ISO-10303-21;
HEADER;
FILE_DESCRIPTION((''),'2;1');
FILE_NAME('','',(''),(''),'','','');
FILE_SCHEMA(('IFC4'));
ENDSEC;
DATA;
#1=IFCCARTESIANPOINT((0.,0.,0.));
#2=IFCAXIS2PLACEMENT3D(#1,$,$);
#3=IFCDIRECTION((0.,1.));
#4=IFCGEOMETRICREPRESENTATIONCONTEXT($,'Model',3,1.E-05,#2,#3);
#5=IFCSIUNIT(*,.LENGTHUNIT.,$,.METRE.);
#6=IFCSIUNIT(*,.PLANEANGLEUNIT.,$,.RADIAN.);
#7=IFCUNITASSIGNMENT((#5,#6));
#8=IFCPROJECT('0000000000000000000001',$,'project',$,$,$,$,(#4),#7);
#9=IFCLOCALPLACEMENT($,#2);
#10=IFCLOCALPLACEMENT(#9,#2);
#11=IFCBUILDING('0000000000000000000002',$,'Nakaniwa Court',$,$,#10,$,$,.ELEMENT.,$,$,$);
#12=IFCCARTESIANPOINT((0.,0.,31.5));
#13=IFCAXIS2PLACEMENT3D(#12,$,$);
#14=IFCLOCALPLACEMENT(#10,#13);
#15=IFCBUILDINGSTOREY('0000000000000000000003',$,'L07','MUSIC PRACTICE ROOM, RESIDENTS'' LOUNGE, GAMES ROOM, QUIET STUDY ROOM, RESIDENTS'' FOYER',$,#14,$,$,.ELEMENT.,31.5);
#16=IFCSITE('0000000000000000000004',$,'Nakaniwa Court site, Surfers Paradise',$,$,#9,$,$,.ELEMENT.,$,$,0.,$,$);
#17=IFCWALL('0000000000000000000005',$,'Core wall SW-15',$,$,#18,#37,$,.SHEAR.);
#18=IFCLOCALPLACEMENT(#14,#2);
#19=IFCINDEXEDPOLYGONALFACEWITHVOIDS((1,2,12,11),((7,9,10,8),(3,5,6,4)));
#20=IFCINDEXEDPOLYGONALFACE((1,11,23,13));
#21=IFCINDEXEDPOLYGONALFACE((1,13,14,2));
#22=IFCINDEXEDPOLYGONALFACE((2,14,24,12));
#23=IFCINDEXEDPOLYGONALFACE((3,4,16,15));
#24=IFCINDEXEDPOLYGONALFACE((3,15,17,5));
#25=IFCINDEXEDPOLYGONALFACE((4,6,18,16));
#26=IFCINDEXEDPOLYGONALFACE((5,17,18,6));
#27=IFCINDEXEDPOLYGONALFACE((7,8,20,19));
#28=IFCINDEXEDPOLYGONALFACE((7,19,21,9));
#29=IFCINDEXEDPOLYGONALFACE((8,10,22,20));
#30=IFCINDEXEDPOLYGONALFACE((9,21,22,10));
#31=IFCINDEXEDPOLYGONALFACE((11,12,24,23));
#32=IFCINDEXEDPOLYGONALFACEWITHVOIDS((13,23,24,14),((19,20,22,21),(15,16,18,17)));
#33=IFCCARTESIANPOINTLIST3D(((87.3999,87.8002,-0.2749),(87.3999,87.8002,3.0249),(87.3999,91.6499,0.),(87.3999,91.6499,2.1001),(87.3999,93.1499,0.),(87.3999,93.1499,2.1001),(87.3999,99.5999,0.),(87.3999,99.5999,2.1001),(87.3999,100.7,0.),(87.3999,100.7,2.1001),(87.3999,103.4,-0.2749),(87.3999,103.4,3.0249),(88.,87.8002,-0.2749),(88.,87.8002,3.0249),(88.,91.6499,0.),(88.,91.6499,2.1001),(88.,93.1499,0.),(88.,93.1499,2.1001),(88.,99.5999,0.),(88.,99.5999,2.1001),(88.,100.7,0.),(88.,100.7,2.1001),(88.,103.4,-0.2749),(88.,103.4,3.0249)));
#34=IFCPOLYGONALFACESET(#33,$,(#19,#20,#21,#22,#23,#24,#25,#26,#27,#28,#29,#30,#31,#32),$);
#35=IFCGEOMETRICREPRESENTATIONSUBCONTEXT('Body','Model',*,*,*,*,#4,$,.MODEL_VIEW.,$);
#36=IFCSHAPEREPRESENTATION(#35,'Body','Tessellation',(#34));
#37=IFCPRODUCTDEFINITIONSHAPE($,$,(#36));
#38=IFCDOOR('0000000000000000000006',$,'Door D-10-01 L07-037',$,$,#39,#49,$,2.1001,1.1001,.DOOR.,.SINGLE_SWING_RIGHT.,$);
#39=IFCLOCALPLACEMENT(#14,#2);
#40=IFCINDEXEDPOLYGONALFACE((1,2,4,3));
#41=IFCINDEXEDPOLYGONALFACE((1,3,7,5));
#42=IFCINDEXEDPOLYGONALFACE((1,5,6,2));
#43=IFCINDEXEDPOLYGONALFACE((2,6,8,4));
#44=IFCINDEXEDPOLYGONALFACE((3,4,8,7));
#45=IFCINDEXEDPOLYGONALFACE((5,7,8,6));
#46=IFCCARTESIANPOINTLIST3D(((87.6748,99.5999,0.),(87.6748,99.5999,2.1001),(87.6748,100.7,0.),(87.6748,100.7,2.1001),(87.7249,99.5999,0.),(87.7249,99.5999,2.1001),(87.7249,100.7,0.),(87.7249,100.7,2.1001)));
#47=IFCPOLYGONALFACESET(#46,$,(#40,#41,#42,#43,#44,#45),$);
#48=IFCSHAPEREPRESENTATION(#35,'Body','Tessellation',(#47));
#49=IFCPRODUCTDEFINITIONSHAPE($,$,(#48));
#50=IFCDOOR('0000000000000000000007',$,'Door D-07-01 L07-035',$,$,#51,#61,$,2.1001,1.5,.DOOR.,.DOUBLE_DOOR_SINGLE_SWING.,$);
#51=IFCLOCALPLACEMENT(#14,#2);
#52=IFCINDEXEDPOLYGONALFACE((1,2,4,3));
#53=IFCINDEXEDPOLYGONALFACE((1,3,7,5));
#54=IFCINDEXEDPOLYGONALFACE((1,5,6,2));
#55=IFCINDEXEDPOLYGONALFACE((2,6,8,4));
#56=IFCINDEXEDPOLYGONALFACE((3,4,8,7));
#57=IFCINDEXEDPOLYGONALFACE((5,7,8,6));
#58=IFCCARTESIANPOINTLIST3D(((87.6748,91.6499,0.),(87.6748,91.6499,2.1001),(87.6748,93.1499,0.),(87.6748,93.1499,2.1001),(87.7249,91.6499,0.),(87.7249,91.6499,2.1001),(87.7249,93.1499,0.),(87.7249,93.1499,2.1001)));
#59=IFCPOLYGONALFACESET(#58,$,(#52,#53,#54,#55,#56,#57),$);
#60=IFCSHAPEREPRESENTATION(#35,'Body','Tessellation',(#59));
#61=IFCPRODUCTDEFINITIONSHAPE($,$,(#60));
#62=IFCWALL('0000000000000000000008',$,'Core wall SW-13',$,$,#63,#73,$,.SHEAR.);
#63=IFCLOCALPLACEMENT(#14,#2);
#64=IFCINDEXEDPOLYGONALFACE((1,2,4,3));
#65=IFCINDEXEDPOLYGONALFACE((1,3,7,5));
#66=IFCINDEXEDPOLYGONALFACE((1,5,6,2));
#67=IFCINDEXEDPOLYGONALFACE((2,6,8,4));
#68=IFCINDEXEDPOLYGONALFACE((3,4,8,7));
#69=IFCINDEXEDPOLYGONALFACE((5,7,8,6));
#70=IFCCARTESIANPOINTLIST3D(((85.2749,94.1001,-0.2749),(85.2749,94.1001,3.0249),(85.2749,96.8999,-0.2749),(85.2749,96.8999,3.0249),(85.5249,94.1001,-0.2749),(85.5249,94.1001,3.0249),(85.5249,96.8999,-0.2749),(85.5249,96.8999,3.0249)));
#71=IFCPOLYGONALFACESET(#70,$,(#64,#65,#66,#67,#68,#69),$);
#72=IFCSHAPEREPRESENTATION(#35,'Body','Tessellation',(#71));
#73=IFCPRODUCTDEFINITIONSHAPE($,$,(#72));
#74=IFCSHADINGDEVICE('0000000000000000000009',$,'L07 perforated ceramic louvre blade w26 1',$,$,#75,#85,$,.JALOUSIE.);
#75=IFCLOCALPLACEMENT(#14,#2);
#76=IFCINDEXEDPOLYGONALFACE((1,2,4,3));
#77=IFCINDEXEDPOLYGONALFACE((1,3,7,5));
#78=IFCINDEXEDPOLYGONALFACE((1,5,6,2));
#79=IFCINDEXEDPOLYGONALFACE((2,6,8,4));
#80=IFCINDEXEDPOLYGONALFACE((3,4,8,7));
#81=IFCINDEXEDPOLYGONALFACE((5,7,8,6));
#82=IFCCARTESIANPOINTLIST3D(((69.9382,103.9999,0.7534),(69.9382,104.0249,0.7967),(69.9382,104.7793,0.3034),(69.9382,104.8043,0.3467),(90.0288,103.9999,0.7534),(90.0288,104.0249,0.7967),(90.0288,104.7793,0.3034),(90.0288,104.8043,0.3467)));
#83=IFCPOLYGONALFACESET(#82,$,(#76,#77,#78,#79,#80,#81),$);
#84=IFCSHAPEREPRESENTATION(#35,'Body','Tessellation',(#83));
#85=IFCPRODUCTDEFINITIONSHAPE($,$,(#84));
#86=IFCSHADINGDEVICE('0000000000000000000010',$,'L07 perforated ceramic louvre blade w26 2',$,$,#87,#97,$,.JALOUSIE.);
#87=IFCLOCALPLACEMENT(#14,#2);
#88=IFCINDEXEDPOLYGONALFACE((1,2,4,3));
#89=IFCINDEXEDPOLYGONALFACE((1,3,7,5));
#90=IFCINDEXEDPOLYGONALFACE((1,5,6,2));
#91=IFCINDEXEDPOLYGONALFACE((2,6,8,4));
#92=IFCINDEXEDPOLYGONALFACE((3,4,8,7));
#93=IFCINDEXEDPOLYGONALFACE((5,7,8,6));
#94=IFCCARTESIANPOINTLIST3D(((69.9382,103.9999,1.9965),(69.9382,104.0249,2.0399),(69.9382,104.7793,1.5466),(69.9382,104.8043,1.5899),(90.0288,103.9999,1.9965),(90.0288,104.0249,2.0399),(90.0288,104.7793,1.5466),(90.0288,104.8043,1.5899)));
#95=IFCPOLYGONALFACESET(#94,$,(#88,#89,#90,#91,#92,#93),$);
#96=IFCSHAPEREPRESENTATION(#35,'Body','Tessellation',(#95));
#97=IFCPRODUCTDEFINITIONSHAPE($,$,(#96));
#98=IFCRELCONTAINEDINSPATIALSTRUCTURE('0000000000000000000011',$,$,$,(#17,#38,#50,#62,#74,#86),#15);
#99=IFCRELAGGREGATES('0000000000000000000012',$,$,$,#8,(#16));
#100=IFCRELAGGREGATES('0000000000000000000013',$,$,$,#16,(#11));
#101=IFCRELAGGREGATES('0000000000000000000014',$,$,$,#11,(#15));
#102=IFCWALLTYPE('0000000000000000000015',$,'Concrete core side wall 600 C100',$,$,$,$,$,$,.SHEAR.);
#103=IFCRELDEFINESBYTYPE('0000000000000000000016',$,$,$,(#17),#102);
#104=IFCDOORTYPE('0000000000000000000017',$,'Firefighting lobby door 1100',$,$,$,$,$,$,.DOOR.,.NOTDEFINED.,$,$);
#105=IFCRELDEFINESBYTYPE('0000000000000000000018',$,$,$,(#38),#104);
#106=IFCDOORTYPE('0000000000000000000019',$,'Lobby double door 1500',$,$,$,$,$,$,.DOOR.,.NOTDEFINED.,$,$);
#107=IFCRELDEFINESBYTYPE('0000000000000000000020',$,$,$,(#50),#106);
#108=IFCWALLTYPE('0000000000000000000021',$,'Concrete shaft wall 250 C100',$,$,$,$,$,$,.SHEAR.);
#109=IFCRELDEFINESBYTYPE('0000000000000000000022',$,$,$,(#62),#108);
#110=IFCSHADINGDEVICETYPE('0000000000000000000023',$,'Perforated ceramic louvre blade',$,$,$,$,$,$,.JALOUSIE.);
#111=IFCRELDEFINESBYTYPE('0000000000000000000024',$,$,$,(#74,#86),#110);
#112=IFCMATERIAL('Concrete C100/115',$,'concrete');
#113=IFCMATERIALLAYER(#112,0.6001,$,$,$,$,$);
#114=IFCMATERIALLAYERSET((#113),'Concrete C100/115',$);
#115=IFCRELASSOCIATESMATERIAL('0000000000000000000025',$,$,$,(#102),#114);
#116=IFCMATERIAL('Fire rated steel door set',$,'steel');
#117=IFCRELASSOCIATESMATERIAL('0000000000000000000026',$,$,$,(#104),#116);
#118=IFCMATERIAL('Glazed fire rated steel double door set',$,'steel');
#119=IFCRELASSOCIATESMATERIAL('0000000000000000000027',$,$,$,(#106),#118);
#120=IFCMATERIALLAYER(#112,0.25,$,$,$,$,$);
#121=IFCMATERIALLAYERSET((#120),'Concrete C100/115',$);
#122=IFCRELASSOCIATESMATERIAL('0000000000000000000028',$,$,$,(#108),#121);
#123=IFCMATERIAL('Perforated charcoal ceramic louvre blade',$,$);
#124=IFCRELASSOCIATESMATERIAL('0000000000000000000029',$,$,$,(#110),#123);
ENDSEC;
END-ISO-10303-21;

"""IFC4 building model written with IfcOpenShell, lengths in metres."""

from ifc_helpers import new_model, si_unit, direction, frame, frame_2d, origin, origin_2d, place, context, subcontext, project, spatial, rectangle, extrude, material, layer, layer_set, material_profile, profile_set, type_object, element, fill, save


model = new_model("IFC4")

# Units and contexts
model_context = context("Model", 3, precision=1e-05, world=origin(), true_north=direction((0.0, 1.0)))
body_context = subcontext(model_context, "Body", "Model", "MODEL_VIEW")
ifc_project = project(units=[si_unit("LENGTHUNIT", "METRE"), si_unit("PLANEANGLEUNIT", "RADIAN")], contexts=[model_context])

# Site, building, storey
site_placement = place(None, origin())
site = spatial("IfcSite", under=ifc_project, at=site_placement, Name="Nakaniwa Court site, Surfers Paradise", CompositionType="ELEMENT", RefElevation=0.0)
building_placement = place(site_placement, origin())
building = spatial("IfcBuilding", under=site, at=building_placement, Name="Nakaniwa Court", CompositionType="ELEMENT")
storey_placement = place(building_placement, frame((0.0, 0.0, 31.5)))
storey = spatial("IfcBuildingStorey", under=building, at=storey_placement, Name="L07", Description="MUSIC PRACTICE ROOM, RESIDENTS' LOUNGE, GAMES ROOM, QUIET STUDY ROOM, RESIDENTS' FOYER", CompositionType="ELEMENT", Elevation=31.5)

# Shared definitions
ifc_material_1 = material(Name="Concrete C100/115", Category="concrete")

# Shared definitions
ifc_material_2 = material(Name="Fire rated steel door set", Category="steel")

# Wall, openings, doors
ifc_layer_1 = layer(ifc_material_1, 0.6001)
ifc_layer_set_1 = layer_set([ifc_layer_1], Name="Concrete C100/115")
wall_type_1 = type_object("IfcWallType", Name="Concrete core side wall 600 C100", PredefinedType="SHEAR", material=ifc_layer_set_1)
wall_1_placement = place(storey_placement, frame((87.7, 103.3999, -0.2749), z_axis=(0.0, 0.0, 1.0), x_axis=(0.0, -1.0, 0.0)))
wall_1 = element("IfcWall", 1, at=wall_1_placement, inside=storey, type_object=wall_type_1, Name="Core wall SW-15", PredefinedType="SHEAR", context=body_context, shape_type="SweptSolid", body=[
    extrude(rectangle(XDim=15.5999, YDim=0.6001, at=frame_2d((7.7998, 0.0))), origin(), (0.0, 0.0, 1.0), 3.2998),
])
opening_1_placement = place(wall_1_placement, frame((10.25, 0.0, 0.2749)))
opening_1 = element("IfcOpeningElement", 2, at=opening_1_placement, cuts=wall_1, PredefinedType="OPENING", context=body_context, shape_type="SweptSolid", body=[
    extrude(rectangle(XDim=1.5, YDim=2.1001, at=frame_2d((0.75, 1.05))), frame((0.0, 0.3101, 0.0), z_axis=(0.0, -1.0, 0.0), x_axis=(1.0, 0.0, 0.0)), (0.0, 0.0, 1.0), 0.6201),
])
opening_2_placement = place(wall_1_placement, frame((2.7, 0.0, 0.2749)))
opening_2 = element("IfcOpeningElement", 3, at=opening_2_placement, cuts=wall_1, PredefinedType="OPENING", context=body_context, shape_type="SweptSolid", body=[
    extrude(rectangle(XDim=1.1001, YDim=2.1001, at=frame_2d((0.55, 1.05))), frame((0.0, 0.3101, 0.0), z_axis=(0.0, -1.0, 0.0), x_axis=(1.0, 0.0, 0.0)), (0.0, 0.0, 1.0), 0.6201),
])
door_type_1 = type_object("IfcDoorType", Name="Firefighting lobby door 1100", OperationType="NOTDEFINED", PredefinedType="DOOR", material=ifc_material_2)
door_1_placement = place(opening_2_placement, origin())
door_1 = element("IfcDoor", 4, at=door_1_placement, inside=storey, type_object=door_type_1, Name="Door D-10-01 L07-037", OperationType="SINGLE_SWING_RIGHT", OverallHeight=2.1001, OverallWidth=1.1001, PredefinedType="DOOR", context=body_context, shape_type="SweptSolid", body=[
    extrude(rectangle(XDim=1.1001, YDim=2.1001, at=frame_2d((0.55, 1.05))), frame((0.0, 0.0249, 0.0), z_axis=(0.0, -1.0, 0.0), x_axis=(1.0, 0.0, 0.0)), (0.0, 0.0, 1.0), 0.05),
])
fill(opening_2, door_1)
ifc_material_3 = material(Name="Glazed fire rated steel double door set", Category="steel")
door_type_2 = type_object("IfcDoorType", Name="Lobby double door 1500", OperationType="NOTDEFINED", PredefinedType="DOOR", material=ifc_material_3)
door_2_placement = place(opening_1_placement, origin())
door_2 = element("IfcDoor", 5, at=door_2_placement, inside=storey, type_object=door_type_2, Name="Door D-07-01 L07-035", OperationType="DOUBLE_DOOR_SINGLE_SWING", OverallHeight=2.1001, OverallWidth=1.5, PredefinedType="DOOR", context=body_context, shape_type="SweptSolid", body=[
    extrude(rectangle(XDim=1.5, YDim=2.1001, at=frame_2d((0.75, 1.05))), frame((0.0, 0.0249, 0.0), z_axis=(0.0, -1.0, 0.0), x_axis=(1.0, 0.0, 0.0)), (0.0, 0.0, 1.0), 0.05),
])
fill(opening_1, door_2)

# Wall
ifc_layer_2 = layer(ifc_material_1, 0.25)
ifc_layer_set_2 = layer_set([ifc_layer_2], Name="Concrete C100/115")
wall_type_2 = type_object("IfcWallType", Name="Concrete shaft wall 250 C100", PredefinedType="SHEAR", material=ifc_layer_set_2)
wall_2_placement = place(storey_placement, frame((85.3999, 94.1001, -0.2749), z_axis=(0.0, 0.0, 1.0), x_axis=(0.0, 1.0, 0.0)))
element("IfcWall", 6, at=wall_2_placement, inside=storey, type_object=wall_type_2, Name="Core wall SW-13", PredefinedType="SHEAR", context=body_context, shape_type="SweptSolid", body=[
    extrude(rectangle(XDim=2.7998, YDim=0.25, at=frame_2d((1.3999, 0.0))), origin(), (0.0, 0.0, 1.0), 3.2998),
])

# Shading devices
ifc_material_4 = material(Name="Perforated charcoal ceramic louvre blade")
ifc_material_profile_1 = material_profile(ifc_material_4, rectangle(XDim=0.8999, YDim=0.05, at=origin_2d()), Name="Perforated ceramic louvre blade")
ifc_profile_set_1 = profile_set([ifc_material_profile_1], Name="Perforated charcoal ceramic louvre blade")
shading_device_type = type_object("IfcShadingDeviceType", Name="Perforated ceramic louvre blade", PredefinedType="JALOUSIE", material=ifc_profile_set_1)
for number, where, z_axis, x_axis, name in (
    (7, (90.0288, 104.4021, 0.55), (-1.0, 0.0, 0.0), (0.0, -0.866025, 0.5), "L07 perforated ceramic louvre blade w26 1"),
    (8, (90.0288, 104.4021, 1.7932), (-1.0, 0.0, 0.0), (0.0, -0.866025, 0.5), "L07 perforated ceramic louvre blade w26 2"),
):
    element("IfcShadingDevice", number, at=place(storey_placement, frame(where, z_axis=z_axis, x_axis=x_axis)), inside=storey, type_object=shading_device_type, Name=name, PredefinedType="JALOUSIE", context=body_context, shape_type="SweptSolid", body=[
        extrude(rectangle(XDim=0.8999, YDim=0.05, at=origin_2d()), origin(), (0.0, 0.0, 1.0), 20.0906),
    ])

save(model, "model.ifc")
